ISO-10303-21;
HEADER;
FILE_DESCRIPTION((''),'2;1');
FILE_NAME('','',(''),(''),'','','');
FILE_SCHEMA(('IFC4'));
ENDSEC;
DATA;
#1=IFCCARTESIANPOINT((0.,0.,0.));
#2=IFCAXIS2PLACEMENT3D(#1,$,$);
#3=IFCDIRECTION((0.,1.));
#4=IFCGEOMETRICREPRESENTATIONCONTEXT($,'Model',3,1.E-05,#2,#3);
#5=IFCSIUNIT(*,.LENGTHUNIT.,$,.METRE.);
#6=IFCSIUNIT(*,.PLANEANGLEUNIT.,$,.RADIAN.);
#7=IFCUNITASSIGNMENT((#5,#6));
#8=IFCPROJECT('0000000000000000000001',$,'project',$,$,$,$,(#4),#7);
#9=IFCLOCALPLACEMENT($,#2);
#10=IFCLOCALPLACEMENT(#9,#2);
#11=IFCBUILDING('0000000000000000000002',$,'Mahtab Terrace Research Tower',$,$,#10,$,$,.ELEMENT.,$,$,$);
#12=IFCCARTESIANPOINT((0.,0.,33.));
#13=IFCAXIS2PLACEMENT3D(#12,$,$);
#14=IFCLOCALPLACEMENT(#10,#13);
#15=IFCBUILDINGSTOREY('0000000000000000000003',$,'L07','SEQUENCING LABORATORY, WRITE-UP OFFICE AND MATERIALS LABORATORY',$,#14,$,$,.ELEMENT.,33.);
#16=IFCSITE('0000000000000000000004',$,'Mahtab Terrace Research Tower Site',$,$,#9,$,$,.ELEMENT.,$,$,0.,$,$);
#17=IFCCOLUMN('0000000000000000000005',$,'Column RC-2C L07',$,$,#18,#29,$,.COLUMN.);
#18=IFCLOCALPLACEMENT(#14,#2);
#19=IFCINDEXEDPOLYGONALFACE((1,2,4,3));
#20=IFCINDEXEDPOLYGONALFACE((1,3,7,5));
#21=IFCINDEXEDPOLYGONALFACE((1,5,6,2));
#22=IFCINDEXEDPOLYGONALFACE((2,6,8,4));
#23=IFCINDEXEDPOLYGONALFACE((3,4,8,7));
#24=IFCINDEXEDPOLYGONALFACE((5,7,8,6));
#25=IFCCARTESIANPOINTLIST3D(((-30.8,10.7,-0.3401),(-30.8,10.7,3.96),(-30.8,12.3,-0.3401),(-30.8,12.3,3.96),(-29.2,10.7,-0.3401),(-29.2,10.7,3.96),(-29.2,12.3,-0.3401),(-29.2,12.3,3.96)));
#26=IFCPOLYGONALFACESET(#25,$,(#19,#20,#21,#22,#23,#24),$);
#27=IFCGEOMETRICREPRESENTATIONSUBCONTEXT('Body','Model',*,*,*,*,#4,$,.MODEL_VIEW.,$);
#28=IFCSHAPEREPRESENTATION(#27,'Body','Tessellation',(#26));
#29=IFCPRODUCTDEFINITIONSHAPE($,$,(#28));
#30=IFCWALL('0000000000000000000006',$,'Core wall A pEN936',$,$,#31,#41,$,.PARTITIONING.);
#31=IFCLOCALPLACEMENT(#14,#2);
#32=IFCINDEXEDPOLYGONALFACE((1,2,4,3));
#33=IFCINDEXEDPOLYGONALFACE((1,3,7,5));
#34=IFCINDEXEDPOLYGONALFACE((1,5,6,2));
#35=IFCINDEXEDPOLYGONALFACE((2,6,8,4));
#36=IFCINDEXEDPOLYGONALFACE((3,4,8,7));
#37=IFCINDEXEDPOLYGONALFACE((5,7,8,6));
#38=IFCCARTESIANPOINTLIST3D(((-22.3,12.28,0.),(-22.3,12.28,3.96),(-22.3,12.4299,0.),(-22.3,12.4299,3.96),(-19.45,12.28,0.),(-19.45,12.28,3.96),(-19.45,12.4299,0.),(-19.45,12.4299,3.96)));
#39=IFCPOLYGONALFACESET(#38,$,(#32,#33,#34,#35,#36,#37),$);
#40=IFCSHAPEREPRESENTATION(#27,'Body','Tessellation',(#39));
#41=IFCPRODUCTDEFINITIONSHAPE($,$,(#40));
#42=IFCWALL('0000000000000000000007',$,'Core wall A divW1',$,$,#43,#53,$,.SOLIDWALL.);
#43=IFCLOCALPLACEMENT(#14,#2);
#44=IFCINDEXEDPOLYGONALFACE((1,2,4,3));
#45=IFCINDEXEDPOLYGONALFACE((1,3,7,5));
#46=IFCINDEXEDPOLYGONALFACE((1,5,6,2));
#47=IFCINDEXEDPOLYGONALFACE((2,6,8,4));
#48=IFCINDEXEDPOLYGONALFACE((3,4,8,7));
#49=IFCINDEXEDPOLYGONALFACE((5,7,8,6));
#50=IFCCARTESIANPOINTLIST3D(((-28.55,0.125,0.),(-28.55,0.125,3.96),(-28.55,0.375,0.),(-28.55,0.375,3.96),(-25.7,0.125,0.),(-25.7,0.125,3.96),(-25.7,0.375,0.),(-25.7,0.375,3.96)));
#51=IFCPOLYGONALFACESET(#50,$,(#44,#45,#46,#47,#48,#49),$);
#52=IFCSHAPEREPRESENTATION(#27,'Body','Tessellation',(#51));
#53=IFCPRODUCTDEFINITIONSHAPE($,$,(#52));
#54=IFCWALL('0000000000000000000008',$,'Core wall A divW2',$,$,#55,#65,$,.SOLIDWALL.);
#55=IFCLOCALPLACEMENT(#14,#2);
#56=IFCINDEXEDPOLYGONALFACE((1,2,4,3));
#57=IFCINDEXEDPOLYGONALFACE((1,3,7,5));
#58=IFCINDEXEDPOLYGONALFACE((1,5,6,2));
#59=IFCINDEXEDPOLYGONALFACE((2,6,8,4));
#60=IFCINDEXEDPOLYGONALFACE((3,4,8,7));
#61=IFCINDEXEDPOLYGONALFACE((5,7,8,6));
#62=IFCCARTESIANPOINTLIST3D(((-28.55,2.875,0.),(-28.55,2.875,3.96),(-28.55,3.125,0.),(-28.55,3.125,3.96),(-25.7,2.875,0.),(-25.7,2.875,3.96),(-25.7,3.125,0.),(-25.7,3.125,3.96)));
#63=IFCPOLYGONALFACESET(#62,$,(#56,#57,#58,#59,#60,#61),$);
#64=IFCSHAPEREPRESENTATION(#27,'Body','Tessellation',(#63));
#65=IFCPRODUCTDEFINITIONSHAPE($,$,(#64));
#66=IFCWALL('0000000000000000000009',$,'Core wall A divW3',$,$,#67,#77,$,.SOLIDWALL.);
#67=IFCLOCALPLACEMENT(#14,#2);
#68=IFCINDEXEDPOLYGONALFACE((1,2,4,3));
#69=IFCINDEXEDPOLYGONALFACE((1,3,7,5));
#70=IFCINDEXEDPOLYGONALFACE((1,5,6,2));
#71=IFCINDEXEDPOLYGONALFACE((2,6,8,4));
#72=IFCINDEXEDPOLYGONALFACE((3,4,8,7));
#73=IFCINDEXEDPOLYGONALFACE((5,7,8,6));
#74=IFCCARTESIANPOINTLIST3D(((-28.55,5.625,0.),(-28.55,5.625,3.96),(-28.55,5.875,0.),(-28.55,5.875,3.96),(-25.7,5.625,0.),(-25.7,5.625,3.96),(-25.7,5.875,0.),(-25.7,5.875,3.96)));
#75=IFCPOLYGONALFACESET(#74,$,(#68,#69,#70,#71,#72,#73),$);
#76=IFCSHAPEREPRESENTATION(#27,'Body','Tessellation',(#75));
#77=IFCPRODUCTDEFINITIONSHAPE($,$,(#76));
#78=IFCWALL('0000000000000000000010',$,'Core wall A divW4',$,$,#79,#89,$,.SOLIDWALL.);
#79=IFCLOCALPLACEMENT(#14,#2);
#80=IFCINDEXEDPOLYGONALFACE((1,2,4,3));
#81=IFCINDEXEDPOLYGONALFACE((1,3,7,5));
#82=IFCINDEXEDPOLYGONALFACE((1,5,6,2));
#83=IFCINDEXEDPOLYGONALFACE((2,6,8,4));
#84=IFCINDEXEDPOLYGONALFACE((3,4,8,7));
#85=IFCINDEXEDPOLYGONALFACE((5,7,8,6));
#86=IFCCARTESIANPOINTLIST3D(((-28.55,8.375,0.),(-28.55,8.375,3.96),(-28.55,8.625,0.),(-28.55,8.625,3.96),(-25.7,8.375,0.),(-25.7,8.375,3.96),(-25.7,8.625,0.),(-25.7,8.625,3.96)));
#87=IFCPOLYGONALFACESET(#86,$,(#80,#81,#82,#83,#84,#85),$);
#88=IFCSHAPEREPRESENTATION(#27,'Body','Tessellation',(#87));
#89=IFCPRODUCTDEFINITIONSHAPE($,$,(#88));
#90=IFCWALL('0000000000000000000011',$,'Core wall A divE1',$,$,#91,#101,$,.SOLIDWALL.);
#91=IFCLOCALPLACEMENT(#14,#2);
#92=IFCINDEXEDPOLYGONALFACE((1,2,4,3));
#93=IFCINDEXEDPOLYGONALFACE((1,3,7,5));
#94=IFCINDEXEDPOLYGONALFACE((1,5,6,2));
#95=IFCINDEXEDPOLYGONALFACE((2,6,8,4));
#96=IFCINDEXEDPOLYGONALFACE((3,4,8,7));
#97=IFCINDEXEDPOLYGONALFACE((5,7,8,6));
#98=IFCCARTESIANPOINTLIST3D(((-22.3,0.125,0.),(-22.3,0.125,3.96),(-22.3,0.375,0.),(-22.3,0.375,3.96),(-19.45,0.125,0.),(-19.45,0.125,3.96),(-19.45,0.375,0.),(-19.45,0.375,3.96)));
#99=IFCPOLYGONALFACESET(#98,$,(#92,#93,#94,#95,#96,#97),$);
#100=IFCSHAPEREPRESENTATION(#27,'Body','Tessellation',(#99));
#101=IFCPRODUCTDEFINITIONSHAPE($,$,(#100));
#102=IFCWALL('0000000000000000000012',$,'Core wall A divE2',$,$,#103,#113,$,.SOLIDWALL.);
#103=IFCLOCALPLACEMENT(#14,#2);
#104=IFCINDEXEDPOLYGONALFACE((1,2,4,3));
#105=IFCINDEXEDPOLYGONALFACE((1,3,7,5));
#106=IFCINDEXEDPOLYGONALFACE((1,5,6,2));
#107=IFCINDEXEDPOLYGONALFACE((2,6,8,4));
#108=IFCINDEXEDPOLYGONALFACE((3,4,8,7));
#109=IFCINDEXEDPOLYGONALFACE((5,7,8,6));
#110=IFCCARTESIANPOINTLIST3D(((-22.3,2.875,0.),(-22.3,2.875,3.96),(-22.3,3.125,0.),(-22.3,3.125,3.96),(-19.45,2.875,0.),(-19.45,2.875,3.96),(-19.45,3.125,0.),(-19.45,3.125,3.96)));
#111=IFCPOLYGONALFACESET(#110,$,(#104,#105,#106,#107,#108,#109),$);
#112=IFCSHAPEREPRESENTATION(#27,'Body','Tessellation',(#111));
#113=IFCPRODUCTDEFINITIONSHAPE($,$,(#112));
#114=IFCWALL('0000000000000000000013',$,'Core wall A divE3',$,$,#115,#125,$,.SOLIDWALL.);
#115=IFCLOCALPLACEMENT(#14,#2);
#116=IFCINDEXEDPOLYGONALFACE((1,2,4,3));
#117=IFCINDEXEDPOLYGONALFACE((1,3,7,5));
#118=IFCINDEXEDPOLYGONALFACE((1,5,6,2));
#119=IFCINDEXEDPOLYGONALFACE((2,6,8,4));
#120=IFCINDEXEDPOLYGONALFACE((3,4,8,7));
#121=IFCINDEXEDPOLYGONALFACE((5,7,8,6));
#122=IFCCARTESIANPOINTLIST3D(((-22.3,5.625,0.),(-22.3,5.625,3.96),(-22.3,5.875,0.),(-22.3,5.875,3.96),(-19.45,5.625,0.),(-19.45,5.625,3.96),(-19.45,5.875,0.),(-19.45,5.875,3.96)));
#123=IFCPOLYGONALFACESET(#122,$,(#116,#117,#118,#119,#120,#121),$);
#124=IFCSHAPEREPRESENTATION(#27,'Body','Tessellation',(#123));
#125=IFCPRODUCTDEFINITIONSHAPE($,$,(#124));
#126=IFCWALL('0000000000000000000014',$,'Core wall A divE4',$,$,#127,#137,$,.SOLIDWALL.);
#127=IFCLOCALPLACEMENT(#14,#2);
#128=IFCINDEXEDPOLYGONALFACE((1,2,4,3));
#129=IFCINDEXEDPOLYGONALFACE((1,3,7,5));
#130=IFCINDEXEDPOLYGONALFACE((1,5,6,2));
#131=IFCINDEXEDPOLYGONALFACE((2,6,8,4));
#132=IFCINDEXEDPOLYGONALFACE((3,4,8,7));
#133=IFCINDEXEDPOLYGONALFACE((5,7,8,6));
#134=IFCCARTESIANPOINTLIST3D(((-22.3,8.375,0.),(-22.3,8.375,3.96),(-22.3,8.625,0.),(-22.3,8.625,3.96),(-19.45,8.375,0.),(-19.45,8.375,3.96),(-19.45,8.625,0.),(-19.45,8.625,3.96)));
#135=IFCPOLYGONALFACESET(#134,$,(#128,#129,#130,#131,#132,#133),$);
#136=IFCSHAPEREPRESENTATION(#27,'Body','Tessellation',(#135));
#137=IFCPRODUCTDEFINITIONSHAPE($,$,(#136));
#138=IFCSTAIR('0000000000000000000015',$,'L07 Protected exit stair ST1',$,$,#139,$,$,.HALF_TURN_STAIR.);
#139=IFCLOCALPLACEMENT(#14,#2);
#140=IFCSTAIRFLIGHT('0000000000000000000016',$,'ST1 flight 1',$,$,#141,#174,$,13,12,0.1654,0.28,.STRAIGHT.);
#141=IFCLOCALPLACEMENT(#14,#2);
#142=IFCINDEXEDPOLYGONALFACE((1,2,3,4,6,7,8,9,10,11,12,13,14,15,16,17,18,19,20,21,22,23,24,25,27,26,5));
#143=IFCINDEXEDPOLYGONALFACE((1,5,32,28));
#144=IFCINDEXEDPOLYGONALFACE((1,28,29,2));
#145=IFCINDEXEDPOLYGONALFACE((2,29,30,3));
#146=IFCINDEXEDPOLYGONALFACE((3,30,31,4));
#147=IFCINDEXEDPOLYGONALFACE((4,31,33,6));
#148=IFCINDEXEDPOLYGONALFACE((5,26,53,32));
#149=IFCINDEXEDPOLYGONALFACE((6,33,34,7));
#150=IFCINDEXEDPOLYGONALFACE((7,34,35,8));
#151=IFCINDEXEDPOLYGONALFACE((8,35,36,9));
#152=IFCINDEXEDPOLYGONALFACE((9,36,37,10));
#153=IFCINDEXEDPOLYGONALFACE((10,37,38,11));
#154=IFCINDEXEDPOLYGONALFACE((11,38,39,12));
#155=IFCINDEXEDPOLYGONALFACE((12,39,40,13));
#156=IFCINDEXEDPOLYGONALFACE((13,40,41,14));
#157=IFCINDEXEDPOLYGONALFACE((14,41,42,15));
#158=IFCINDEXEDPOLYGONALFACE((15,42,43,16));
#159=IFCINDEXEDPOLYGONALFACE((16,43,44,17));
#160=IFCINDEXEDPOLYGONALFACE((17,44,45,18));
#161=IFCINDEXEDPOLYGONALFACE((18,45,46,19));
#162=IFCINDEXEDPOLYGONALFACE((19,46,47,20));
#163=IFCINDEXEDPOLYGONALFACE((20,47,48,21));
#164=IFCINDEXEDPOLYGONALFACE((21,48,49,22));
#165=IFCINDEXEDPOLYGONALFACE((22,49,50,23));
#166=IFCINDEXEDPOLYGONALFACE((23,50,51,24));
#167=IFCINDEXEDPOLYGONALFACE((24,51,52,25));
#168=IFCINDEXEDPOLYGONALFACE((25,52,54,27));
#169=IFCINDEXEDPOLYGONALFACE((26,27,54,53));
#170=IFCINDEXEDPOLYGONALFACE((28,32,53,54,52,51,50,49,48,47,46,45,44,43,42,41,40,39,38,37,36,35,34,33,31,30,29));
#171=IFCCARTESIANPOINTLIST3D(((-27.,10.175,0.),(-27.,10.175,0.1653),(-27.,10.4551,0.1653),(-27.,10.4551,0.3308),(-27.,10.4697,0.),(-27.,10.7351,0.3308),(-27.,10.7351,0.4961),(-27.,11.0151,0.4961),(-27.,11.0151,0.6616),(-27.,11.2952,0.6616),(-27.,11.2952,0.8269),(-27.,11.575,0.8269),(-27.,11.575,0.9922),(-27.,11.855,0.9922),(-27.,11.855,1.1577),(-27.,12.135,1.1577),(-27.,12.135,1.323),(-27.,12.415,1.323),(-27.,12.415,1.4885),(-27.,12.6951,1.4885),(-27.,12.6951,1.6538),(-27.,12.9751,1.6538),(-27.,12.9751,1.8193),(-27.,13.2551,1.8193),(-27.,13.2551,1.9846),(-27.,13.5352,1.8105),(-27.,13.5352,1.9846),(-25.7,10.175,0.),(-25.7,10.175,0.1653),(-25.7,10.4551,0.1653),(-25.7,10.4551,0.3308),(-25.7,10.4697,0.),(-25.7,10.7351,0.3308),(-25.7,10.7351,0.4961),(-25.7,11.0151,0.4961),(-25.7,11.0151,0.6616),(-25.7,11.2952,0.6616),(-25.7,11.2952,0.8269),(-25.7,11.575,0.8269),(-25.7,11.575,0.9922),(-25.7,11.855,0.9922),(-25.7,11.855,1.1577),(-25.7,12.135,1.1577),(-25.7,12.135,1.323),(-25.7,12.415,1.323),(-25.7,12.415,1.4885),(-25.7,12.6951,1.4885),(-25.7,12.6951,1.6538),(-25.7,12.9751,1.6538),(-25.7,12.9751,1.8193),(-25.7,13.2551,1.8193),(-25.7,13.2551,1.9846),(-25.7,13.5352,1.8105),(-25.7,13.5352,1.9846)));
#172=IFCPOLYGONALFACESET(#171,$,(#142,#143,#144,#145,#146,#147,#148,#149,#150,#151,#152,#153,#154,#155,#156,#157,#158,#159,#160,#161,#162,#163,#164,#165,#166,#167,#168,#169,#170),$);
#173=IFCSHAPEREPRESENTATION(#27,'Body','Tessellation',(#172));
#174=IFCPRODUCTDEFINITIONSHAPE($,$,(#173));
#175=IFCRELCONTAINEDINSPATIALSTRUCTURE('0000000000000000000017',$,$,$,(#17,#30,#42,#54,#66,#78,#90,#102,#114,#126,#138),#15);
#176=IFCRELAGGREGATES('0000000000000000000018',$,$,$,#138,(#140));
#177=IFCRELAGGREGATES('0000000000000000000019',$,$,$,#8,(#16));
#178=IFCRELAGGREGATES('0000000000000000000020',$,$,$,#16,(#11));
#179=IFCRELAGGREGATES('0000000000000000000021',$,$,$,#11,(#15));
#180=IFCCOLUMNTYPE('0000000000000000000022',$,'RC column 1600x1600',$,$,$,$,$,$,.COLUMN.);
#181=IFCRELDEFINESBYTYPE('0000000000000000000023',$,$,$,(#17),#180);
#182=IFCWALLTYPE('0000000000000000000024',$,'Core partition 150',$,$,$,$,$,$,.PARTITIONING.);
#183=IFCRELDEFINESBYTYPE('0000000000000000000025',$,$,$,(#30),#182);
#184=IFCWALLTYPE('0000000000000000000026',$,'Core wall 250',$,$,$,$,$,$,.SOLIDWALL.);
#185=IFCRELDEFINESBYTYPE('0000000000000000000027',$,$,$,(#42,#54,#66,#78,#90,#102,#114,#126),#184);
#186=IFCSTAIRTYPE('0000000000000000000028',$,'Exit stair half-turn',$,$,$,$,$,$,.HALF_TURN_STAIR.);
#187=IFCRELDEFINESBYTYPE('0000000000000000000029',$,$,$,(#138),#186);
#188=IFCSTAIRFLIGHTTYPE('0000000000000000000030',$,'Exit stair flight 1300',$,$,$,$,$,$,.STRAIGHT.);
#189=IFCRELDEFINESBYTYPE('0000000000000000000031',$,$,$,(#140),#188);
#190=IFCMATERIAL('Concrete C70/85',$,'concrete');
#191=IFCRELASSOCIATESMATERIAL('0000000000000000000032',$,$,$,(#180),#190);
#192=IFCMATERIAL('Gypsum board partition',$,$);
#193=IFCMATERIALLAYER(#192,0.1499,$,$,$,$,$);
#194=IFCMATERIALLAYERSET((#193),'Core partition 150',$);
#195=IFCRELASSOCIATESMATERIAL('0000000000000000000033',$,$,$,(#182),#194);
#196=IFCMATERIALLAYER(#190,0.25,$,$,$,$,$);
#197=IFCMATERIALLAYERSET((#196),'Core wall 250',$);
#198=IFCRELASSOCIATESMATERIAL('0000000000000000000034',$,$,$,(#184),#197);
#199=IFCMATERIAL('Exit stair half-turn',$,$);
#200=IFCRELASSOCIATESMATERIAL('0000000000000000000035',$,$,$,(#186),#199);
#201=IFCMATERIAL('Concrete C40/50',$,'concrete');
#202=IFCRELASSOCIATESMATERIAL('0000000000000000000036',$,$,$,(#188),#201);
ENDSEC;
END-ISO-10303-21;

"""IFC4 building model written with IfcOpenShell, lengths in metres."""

from ifc_helpers import new_model, si_unit, direction, frame, frame_2d, origin, origin_2d, place, context, subcontext, project, spatial, polyline, rectangle, outline, extrude, material, layer, layer_set, material_profile, profile_set, type_object, element, aggregate, save


model = new_model("IFC4")

# Units and contexts
model_context = context("Model", 3, precision=1e-05, world=origin(), true_north=direction((0.0, 1.0)))
body_context = subcontext(model_context, "Body", "Model", "MODEL_VIEW")
ifc_project = project(units=[si_unit("LENGTHUNIT", "METRE"), si_unit("PLANEANGLEUNIT", "RADIAN")], contexts=[model_context])

# Site, building, storey
site_placement = place(None, origin())
site = spatial("IfcSite", under=ifc_project, at=site_placement, Name="Mahtab Terrace Research Tower Site", CompositionType="ELEMENT", RefElevation=0.0)
building_placement = place(site_placement, origin())
building = spatial("IfcBuilding", under=site, at=building_placement, Name="Mahtab Terrace Research Tower", CompositionType="ELEMENT")
storey_placement = place(building_placement, frame((0.0, 0.0, 33.0)))
storey = spatial("IfcBuildingStorey", under=building, at=storey_placement, Name="L07", Description="SEQUENCING LABORATORY, WRITE-UP OFFICE AND MATERIALS LABORATORY", CompositionType="ELEMENT", Elevation=33.0)

# Column
ifc_material_1 = material(Name="Concrete C70/85", Category="concrete")
ifc_material_profile = material_profile(ifc_material_1, rectangle(XDim=1.6001, YDim=1.6001, at=origin_2d()), Name="RC column 1600x1600")
ifc_profile_set = profile_set([ifc_material_profile], Name="Concrete C70/85")
column_type = type_object("IfcColumnType", Name="RC column 1600x1600", PredefinedType="COLUMN", material=ifc_profile_set)
column_placement = place(storey_placement, frame((-30.0, 11.5, -0.3401), z_axis=(0.0, 0.0, 1.0), x_axis=(1.0, 0.0, 0.0)))
element("IfcColumn", 1, at=column_placement, inside=storey, type_object=column_type, Name="Column RC-2C L07", PredefinedType="COLUMN", context=body_context, shape_type="SweptSolid", body=[
    extrude(rectangle(XDim=1.6001, YDim=1.6001, at=origin_2d()), origin(), (0.0, 0.0, 1.0), 4.3),
])

# Walls
ifc_material_2 = material(Name="Gypsum board partition")
ifc_layer_1 = layer(ifc_material_2, 0.1499)
ifc_layer_set_1 = layer_set([ifc_layer_1], Name="Core partition 150")
wall_type_1 = type_object("IfcWallType", Name="Core partition 150", PredefinedType="PARTITIONING", material=ifc_layer_set_1)
wall_placement = place(storey_placement, frame((-22.3, 12.355, 0.0), z_axis=(0.0, 0.0, 1.0), x_axis=(1.0, 0.0, 0.0)))
element("IfcWall", 2, at=wall_placement, inside=storey, type_object=wall_type_1, Name="Core wall A pEN936", PredefinedType="PARTITIONING", context=body_context, shape_type="SweptSolid", body=[
    extrude(rectangle(XDim=2.8501, YDim=0.1499, at=frame_2d((1.425, 0.0))), origin(), (0.0, 0.0, 1.0), 3.96),
])
ifc_layer_2 = layer(ifc_material_1, 0.25)
ifc_layer_set_2 = layer_set([ifc_layer_2], Name="Core wall 250")
wall_type_2 = type_object("IfcWallType", Name="Core wall 250", PredefinedType="SOLIDWALL", material=ifc_layer_set_2)
for number, where, z_axis, x_axis, name in (
    (3, (-28.55, 0.25, 0.0), (0.0, 0.0, 1.0), (1.0, 0.0, 0.0), "Core wall A divW1"),
    (4, (-28.55, 3.0, 0.0), (0.0, 0.0, 1.0), (1.0, 0.0, 0.0), "Core wall A divW2"),
    (5, (-28.55, 5.75, 0.0), (0.0, 0.0, 1.0), (1.0, 0.0, 0.0), "Core wall A divW3"),
    (6, (-28.55, 8.5, 0.0), (0.0, 0.0, 1.0), (1.0, 0.0, 0.0), "Core wall A divW4"),
    (7, (-22.3, 0.25, 0.0), (0.0, 0.0, 1.0), (1.0, 0.0, 0.0), "Core wall A divE1"),
    (8, (-22.3, 3.0, 0.0), (0.0, 0.0, 1.0), (1.0, 0.0, 0.0), "Core wall A divE2"),
    (9, (-22.3, 5.75, 0.0), (0.0, 0.0, 1.0), (1.0, 0.0, 0.0), "Core wall A divE3"),
    (10, (-22.3, 8.5, 0.0), (0.0, 0.0, 1.0), (1.0, 0.0, 0.0), "Core wall A divE4"),
):
    element("IfcWall", number, at=place(storey_placement, frame(where, z_axis=z_axis, x_axis=x_axis)), inside=storey, type_object=wall_type_2, Name=name, PredefinedType="SOLIDWALL", context=body_context, shape_type="SweptSolid", body=[
        extrude(rectangle(XDim=2.8501, YDim=0.25, at=frame_2d((1.425, 0.0))), origin(), (0.0, 0.0, 1.0), 3.96),
    ])

# Stair, stair flight
ifc_material_3 = material(Name="Exit stair half-turn")
stair_type = type_object("IfcStairType", Name="Exit stair half-turn", PredefinedType="HALF_TURN_STAIR", material=ifc_material_3)
stair_placement = place(storey_placement, origin())
stair = element("IfcStair", 11, at=stair_placement, inside=storey, type_object=stair_type, Name="L07 Protected exit stair ST1", PredefinedType="HALF_TURN_STAIR")
ifc_material_4 = material(Name="Concrete C40/50", Category="concrete")
stair_flight_type = type_object("IfcStairFlightType", Name="Exit stair flight 1300", PredefinedType="STRAIGHT", material=ifc_material_4)
stair_flight_placement = place(storey_placement, frame((-26.3501, 10.175, 0.0), z_axis=(0.0, 0.0, 1.0), x_axis=(0.0, 1.0, 0.0)))
stair_flight = element("IfcStairFlight", 12, at=stair_flight_placement, type_object=stair_flight_type, Name="ST1 flight 1", NumberOfRisers=13, NumberOfTreads=12, PredefinedType="STRAIGHT", RiserHeight=0.1654, TreadLength=0.28, context=body_context, shape_type="SweptSolid", body=[
    extrude(outline(polyline([(0.0, 0.0), (0.0, 0.1653), (0.28, 0.1653), (0.28, 0.3308), (0.5601, 0.3308), (0.5601, 0.4961), (0.8401, 0.4961), (0.8401, 0.6616), (1.1201, 0.6616), (1.1201, 0.8269), (1.3999, 0.8269), (1.3999, 0.9922), (1.6799, 0.9922), (1.6799, 1.1577), (1.96, 1.1577), (1.96, 1.323), (2.24, 1.323), (2.24, 1.4885), (2.52, 1.4885), (2.52, 1.6538), (2.8, 1.6538), (2.8, 1.8193), (3.0801, 1.8193), (3.0801, 1.9846), (3.3601, 1.9846), (3.3601, 2.1499), (3.3601, 1.8105), (0.2947, 0.0), (0.0, 0.0)])), frame((0.0, 0.6499, 0.0), z_axis=(0.0, -1.0, 0.0), x_axis=(1.0, 0.0, 0.0)), (0.0, 0.0, 1.0), 1.3),
])
aggregate(stair, [stair_flight])

save(model, "model.ifc")
